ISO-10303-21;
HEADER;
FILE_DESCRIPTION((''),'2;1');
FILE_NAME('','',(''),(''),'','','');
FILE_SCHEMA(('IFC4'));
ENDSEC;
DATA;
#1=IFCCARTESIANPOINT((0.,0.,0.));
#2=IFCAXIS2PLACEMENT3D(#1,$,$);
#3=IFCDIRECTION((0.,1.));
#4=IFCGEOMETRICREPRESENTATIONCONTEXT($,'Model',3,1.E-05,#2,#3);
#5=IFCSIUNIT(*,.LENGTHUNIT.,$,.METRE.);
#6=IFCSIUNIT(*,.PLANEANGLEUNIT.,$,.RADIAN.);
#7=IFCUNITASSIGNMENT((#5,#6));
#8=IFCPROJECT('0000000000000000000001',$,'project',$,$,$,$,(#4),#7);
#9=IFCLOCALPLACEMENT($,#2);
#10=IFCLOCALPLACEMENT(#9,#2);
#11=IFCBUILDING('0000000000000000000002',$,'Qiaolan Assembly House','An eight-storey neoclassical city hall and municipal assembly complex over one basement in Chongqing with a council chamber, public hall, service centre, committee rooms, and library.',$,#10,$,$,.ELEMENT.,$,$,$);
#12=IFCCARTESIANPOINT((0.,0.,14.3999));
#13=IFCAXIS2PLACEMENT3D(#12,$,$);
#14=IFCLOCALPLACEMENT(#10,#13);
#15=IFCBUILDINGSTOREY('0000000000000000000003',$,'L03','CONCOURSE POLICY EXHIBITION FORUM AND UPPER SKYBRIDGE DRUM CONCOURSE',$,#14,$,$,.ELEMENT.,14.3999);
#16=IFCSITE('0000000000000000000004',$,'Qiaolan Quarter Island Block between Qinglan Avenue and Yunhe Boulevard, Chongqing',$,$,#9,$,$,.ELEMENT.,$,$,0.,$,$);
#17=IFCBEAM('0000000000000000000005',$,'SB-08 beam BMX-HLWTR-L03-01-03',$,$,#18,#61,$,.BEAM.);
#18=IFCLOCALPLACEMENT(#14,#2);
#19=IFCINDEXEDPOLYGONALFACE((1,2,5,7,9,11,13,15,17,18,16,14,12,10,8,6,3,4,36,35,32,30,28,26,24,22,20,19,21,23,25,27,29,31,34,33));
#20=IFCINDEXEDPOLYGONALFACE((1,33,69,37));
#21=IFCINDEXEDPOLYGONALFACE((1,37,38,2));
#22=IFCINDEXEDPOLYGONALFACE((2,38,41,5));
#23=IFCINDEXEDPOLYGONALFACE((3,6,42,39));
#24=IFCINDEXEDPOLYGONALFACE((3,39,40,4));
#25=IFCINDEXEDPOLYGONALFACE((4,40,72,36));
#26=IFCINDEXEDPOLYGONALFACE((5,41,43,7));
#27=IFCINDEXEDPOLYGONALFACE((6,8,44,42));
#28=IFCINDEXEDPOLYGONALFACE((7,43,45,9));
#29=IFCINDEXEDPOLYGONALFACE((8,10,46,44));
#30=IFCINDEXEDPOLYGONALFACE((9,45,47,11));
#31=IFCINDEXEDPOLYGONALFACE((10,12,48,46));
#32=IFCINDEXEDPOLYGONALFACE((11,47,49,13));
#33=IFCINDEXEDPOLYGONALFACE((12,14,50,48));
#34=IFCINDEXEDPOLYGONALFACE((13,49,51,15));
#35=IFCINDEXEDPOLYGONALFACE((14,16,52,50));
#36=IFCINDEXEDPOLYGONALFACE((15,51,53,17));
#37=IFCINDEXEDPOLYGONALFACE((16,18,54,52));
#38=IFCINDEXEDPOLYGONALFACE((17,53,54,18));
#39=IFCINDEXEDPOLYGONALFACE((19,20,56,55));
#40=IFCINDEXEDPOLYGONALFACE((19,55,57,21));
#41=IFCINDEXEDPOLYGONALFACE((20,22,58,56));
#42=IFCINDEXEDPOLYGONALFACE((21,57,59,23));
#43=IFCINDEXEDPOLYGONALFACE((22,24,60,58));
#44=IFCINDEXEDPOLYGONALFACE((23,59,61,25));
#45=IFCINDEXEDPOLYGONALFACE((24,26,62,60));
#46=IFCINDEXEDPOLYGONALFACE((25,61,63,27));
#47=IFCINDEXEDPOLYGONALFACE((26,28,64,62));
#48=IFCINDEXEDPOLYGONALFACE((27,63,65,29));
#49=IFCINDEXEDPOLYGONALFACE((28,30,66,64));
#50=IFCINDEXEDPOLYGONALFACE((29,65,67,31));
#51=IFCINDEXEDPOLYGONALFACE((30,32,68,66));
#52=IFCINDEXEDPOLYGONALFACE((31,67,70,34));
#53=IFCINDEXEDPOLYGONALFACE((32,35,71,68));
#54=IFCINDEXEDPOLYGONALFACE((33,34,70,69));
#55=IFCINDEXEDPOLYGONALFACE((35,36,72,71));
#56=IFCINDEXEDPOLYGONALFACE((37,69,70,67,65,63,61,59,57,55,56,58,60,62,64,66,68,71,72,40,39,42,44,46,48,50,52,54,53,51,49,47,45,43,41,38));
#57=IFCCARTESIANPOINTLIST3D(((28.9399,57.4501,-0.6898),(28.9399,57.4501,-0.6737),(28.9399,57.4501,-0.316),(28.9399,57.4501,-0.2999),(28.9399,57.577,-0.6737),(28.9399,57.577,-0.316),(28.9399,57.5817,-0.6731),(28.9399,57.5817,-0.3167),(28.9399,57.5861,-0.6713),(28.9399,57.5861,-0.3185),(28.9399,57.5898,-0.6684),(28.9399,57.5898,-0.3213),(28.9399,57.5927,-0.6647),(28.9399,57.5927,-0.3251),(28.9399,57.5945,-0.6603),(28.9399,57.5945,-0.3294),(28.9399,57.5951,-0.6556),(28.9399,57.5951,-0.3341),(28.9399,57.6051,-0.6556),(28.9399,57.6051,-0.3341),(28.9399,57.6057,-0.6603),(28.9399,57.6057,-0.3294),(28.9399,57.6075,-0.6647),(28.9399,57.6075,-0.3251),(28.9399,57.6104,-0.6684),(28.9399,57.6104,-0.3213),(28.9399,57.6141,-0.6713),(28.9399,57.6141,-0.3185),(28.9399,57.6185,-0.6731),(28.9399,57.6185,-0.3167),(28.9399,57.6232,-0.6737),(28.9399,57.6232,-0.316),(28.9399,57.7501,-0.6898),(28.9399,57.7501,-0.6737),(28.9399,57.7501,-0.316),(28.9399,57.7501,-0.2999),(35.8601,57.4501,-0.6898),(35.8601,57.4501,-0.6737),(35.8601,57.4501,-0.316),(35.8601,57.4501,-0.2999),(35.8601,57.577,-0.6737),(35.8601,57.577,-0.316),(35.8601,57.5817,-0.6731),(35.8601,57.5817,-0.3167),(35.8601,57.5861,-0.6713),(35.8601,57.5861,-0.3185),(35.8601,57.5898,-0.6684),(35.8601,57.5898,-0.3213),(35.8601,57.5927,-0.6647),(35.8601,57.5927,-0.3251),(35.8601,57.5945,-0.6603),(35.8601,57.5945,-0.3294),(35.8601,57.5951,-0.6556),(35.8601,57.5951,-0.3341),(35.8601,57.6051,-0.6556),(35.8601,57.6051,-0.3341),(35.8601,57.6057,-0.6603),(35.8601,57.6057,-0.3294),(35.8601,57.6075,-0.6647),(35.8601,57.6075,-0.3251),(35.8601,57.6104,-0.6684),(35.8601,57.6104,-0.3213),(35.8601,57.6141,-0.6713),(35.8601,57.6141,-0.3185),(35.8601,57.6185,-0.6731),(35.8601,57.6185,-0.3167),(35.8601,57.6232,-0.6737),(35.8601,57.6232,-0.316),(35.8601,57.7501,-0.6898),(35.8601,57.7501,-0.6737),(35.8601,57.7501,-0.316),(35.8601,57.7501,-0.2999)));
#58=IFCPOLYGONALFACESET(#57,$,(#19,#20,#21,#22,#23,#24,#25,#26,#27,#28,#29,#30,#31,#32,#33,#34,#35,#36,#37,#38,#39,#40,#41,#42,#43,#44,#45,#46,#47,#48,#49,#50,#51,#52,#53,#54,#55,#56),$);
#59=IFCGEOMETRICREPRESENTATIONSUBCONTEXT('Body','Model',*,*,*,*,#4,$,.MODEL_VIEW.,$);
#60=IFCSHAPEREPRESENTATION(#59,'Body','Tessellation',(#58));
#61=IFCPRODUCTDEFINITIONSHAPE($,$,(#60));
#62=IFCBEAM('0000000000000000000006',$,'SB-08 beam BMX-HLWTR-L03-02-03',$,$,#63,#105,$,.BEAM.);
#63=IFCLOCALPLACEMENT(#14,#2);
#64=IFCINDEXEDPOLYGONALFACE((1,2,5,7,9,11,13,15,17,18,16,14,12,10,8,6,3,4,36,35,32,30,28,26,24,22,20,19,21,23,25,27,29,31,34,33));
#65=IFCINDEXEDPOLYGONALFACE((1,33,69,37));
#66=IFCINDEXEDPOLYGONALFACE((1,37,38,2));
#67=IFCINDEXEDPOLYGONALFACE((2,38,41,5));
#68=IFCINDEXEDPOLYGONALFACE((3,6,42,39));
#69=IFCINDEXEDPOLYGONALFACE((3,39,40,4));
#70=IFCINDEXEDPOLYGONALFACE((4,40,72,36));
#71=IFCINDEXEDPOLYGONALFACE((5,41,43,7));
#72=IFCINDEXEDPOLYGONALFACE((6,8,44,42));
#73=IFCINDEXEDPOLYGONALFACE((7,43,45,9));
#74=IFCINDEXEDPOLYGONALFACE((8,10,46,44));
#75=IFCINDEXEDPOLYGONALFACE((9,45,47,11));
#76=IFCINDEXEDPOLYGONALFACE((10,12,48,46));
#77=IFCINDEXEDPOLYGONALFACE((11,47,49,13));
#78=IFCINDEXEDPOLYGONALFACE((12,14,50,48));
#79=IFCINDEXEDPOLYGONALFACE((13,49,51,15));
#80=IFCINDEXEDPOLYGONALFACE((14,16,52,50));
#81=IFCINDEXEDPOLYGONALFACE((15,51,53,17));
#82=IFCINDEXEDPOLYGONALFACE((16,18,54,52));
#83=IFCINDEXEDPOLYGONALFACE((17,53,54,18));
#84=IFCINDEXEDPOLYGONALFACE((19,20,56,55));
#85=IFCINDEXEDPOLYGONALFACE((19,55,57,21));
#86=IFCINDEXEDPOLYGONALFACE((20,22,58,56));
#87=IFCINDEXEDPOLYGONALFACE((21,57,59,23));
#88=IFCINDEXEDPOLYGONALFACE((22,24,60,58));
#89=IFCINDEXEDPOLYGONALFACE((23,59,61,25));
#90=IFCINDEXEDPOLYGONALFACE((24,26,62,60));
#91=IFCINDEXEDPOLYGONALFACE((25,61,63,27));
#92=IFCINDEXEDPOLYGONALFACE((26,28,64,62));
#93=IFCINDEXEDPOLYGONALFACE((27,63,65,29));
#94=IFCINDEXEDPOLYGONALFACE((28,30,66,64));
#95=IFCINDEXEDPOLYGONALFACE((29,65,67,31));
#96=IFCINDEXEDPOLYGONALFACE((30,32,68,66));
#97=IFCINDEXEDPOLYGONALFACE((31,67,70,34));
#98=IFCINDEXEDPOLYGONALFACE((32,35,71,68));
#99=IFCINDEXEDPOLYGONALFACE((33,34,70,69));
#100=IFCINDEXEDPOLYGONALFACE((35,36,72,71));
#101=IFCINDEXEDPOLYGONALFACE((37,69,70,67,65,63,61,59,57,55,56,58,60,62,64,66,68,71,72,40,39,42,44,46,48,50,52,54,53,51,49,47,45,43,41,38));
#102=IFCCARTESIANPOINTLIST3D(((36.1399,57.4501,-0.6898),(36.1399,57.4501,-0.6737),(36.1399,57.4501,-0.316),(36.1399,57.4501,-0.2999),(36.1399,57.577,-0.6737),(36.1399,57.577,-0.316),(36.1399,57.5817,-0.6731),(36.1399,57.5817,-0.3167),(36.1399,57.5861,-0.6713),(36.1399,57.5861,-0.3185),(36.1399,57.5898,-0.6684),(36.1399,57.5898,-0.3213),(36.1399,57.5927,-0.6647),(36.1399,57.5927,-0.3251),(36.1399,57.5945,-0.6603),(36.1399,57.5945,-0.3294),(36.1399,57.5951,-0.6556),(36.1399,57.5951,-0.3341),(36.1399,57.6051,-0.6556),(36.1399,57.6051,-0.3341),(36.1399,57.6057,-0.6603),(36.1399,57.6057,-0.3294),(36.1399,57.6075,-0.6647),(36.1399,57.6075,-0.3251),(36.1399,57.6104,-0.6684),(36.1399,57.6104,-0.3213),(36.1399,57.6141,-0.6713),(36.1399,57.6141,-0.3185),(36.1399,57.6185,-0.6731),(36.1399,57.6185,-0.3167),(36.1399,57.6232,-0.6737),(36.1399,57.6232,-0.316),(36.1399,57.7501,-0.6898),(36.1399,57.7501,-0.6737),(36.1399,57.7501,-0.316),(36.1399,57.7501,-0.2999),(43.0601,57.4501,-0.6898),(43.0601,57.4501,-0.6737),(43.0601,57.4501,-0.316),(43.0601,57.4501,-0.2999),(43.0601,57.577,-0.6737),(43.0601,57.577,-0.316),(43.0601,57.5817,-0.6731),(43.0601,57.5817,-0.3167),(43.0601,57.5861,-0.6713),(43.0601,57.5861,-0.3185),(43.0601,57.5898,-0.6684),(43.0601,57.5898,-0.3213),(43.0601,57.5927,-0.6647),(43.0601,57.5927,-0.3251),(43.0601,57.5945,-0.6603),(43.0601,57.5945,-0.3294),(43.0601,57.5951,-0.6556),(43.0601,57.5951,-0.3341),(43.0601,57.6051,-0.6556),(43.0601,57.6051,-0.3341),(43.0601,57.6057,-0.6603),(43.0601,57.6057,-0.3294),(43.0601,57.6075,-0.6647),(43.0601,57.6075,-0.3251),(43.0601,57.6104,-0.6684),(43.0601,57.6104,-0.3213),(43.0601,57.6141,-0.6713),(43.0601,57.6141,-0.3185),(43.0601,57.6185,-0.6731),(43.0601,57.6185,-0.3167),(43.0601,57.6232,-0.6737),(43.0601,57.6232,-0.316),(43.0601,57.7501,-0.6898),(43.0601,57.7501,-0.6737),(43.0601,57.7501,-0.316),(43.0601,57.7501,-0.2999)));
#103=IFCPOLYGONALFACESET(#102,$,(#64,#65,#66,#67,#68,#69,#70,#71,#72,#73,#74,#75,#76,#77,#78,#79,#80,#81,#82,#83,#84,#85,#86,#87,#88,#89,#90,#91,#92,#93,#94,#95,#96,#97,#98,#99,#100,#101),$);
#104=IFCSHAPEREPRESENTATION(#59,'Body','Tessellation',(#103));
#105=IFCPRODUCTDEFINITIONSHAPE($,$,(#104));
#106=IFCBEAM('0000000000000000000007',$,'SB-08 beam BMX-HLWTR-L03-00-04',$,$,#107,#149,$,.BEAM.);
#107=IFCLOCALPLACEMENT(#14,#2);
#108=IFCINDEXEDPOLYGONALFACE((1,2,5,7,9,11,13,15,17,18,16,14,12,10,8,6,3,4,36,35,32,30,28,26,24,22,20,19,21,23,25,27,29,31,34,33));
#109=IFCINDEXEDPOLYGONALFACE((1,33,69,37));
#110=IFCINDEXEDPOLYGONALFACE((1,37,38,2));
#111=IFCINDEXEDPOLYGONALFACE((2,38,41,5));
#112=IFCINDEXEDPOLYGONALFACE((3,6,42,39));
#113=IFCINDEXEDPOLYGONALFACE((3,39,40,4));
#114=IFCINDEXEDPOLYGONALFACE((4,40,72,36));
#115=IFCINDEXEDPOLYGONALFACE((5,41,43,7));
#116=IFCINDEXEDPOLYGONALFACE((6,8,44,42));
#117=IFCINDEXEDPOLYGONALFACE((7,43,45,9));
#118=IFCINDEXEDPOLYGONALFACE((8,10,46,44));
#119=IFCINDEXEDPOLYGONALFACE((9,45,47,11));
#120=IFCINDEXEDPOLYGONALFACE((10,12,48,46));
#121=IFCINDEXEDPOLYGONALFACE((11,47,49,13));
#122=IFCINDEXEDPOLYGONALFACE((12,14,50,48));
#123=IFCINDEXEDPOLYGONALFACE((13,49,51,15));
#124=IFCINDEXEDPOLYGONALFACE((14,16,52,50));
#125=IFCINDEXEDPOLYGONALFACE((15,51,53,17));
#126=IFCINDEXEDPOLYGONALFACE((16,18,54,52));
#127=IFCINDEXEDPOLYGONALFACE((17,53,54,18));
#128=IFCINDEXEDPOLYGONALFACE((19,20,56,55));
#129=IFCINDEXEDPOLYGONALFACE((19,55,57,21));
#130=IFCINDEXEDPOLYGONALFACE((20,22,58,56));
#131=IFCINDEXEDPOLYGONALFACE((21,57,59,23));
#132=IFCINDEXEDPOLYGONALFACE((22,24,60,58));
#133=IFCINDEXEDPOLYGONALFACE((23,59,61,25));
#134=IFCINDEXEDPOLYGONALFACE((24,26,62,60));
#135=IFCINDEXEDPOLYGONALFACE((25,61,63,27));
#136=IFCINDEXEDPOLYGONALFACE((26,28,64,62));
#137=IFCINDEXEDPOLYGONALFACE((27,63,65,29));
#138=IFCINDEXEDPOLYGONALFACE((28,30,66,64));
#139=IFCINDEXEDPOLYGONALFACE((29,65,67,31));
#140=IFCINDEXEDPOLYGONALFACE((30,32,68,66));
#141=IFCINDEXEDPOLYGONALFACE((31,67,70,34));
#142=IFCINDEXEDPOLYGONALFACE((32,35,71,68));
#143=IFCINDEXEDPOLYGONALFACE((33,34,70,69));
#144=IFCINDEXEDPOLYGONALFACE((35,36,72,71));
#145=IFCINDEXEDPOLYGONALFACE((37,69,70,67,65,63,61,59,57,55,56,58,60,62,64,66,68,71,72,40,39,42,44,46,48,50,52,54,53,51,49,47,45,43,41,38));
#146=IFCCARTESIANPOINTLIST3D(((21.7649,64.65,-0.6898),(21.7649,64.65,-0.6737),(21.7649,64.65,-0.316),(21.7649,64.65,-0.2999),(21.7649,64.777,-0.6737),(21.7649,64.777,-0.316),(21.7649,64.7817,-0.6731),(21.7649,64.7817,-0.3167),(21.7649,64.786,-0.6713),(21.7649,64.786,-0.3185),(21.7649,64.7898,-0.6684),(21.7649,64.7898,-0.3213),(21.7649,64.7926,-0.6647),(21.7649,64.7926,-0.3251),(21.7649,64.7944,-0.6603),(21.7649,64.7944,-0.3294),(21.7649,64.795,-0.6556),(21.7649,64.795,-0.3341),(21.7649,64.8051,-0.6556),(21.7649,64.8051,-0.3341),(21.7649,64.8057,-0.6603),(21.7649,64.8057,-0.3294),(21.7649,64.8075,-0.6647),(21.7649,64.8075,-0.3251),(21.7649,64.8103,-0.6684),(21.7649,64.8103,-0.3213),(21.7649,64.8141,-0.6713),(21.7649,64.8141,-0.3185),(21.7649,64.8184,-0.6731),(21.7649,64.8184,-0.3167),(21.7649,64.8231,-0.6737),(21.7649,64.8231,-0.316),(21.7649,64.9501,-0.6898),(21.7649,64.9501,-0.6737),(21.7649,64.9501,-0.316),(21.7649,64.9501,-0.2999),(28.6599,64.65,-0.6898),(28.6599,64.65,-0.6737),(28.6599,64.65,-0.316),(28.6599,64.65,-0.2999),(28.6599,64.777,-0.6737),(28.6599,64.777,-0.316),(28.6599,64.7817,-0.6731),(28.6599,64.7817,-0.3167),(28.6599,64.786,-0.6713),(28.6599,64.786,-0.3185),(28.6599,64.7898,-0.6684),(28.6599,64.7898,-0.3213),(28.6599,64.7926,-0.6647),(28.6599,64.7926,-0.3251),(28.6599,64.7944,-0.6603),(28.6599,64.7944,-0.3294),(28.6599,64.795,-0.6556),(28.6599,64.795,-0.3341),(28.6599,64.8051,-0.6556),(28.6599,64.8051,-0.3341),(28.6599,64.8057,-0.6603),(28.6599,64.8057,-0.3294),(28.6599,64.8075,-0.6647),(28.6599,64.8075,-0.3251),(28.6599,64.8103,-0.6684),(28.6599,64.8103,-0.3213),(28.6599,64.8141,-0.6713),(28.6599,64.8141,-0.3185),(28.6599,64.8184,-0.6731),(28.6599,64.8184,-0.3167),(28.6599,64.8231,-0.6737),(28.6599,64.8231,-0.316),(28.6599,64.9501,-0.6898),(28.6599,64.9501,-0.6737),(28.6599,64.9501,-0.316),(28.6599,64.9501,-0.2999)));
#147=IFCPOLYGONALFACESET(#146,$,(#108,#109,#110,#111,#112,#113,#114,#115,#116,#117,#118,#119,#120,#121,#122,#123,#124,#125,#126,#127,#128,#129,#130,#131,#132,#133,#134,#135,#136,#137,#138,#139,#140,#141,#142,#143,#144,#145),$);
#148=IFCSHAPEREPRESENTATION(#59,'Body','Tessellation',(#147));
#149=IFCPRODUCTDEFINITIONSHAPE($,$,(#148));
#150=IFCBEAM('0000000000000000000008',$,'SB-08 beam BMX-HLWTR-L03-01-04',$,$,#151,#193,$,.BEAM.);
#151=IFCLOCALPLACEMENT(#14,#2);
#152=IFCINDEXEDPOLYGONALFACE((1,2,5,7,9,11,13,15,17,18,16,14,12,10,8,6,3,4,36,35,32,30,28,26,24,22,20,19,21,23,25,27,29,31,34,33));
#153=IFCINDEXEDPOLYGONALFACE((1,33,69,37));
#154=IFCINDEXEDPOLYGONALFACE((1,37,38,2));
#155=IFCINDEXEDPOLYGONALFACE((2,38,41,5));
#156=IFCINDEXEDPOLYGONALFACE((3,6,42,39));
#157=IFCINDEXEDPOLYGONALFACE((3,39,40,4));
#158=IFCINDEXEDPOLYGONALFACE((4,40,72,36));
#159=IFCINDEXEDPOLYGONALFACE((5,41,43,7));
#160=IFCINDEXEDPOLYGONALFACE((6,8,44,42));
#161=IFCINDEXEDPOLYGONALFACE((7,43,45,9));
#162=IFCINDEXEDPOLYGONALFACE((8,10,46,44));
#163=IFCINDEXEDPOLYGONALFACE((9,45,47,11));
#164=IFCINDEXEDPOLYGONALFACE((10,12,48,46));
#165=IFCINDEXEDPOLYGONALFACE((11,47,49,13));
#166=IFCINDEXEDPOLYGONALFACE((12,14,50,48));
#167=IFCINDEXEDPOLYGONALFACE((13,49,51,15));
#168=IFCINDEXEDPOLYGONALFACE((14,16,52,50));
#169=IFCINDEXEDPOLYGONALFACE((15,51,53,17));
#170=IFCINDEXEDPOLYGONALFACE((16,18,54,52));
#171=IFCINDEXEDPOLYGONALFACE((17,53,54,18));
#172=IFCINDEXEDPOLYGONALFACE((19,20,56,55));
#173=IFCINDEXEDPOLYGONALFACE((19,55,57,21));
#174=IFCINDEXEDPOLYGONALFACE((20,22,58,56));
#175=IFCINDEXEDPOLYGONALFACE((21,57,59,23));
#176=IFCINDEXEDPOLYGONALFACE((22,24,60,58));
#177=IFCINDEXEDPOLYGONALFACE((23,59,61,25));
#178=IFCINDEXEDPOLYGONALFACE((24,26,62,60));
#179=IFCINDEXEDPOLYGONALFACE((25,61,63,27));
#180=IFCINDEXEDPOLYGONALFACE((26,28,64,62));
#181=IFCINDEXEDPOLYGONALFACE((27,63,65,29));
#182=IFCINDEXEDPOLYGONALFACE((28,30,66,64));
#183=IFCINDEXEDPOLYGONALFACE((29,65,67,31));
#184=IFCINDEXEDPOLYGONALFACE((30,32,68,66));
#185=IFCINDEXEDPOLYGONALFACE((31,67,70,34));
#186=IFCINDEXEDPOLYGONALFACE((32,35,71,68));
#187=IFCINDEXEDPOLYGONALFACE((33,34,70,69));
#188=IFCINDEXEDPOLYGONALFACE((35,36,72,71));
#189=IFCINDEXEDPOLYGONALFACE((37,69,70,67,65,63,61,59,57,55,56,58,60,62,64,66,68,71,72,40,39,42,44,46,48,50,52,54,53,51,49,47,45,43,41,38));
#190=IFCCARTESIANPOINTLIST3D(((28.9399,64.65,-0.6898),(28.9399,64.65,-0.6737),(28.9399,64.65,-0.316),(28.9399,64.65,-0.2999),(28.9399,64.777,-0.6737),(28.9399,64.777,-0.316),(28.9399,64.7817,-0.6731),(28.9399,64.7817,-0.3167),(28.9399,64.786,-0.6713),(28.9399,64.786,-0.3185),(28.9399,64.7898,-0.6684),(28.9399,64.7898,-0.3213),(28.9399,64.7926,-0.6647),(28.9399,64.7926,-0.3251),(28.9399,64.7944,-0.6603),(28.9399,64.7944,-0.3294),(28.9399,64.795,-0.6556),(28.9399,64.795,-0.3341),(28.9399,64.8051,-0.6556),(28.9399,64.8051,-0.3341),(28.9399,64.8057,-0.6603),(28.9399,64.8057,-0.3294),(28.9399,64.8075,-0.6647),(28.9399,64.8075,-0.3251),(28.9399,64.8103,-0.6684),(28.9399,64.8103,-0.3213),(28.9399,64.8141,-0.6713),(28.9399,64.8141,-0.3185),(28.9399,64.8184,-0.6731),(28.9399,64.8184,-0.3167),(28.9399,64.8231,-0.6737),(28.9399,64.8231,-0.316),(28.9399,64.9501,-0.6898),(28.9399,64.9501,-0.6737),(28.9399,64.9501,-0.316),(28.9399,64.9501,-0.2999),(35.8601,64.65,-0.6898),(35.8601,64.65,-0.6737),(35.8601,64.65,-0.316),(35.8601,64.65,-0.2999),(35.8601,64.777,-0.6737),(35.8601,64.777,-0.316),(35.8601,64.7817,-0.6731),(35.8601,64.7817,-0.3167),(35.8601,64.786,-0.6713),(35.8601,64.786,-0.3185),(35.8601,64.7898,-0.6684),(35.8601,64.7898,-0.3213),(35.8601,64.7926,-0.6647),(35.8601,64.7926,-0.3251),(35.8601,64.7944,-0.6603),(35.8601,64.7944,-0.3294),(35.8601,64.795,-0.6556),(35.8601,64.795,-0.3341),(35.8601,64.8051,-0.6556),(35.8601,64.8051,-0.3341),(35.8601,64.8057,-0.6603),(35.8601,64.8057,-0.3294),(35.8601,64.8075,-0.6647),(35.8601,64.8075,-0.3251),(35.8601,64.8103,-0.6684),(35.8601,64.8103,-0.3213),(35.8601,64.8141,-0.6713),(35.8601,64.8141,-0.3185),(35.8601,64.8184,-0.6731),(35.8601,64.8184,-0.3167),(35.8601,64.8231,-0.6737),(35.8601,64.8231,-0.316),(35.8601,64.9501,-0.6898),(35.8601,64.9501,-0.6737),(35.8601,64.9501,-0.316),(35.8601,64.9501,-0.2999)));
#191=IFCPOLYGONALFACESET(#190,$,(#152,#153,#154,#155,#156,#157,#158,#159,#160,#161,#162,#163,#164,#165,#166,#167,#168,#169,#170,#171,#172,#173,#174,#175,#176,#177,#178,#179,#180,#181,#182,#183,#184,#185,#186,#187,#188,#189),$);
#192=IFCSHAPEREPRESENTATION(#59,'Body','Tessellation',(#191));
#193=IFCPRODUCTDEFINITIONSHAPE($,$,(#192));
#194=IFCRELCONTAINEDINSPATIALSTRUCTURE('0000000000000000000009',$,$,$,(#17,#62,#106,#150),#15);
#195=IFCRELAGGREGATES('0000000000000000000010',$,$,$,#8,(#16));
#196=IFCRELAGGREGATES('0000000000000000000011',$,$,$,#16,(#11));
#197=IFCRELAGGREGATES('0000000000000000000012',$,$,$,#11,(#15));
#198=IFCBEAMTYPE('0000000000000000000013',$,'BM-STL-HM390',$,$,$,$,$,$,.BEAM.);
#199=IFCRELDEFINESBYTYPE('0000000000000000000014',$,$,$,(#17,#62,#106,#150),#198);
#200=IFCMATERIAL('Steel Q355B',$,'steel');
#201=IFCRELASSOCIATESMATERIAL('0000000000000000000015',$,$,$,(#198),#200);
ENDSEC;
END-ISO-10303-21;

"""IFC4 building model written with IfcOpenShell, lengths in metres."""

from ifc_helpers import new_model, si_unit, direction, frame, origin, origin_2d, place, context, subcontext, project, spatial, i_section, extrude, material, material_profile, profile_set, type_object, element, save


model = new_model("IFC4")

# Units and contexts
model_context = context("Model", 3, precision=1e-05, world=origin(), true_north=direction((0.0, 1.0)))
body_context = subcontext(model_context, "Body", "Model", "MODEL_VIEW")
ifc_project = project(units=[si_unit("LENGTHUNIT", "METRE"), si_unit("PLANEANGLEUNIT", "RADIAN")], contexts=[model_context])

# Site, building, storey
site_placement = place(None, origin())
site = spatial("IfcSite", under=ifc_project, at=site_placement, Name="Qiaolan Quarter Island Block between Qinglan Avenue and Yunhe Boulevard, Chongqing", CompositionType="ELEMENT", RefElevation=0.0)
building_placement = place(site_placement, origin())
building = spatial("IfcBuilding", under=site, at=building_placement, Name="Qiaolan Assembly House", Description="An eight-storey neoclassical city hall and municipal assembly complex over one basement in Chongqing with a council chamber, public hall, service centre, committee rooms, and library.", CompositionType="ELEMENT")
storey_placement = place(building_placement, frame((0.0, 0.0, 14.3999)))
storey = spatial("IfcBuildingStorey", under=building, at=storey_placement, Name="L03", Description="CONCOURSE POLICY EXHIBITION FORUM AND UPPER SKYBRIDGE DRUM CONCOURSE", CompositionType="ELEMENT", Elevation=14.3999)

# Shared definitions
ifc_material = material(Name="Steel Q355B", Category="steel")

# Beams
ifc_material_profile_1 = material_profile(ifc_material, i_section(OverallWidth=0.3, OverallDepth=0.3899, WebThickness=0.01, FlangeThickness=0.0161, FilletRadius=0.0181, at=origin_2d()), Name="HM 390x300x10x16")
ifc_profile_set_1 = profile_set([ifc_material_profile_1], Name="Steel Q355B")
beam_type_1 = type_object("IfcBeamType", Name="BM-STL-HM390", PredefinedType="BEAM", material=ifc_profile_set_1)
for number, where, z_axis, x_axis, name in (
    (1, (28.9399, 57.6001, -0.4949), (1.0, 0.0, 0.0), (0.0, 1.0, 0.0), "SB-08 beam BMX-HLWTR-L03-01-03"),
    (2, (36.1399, 57.6001, -0.4949), (1.0, 0.0, 0.0), (0.0, 1.0, 0.0), "SB-08 beam BMX-HLWTR-L03-02-03"),
):
    element("IfcBeam", number, at=place(storey_placement, frame(where, z_axis=z_axis, x_axis=x_axis)), inside=storey, type_object=beam_type_1, Name=name, PredefinedType="BEAM", context=body_context, shape_type="SweptSolid", body=[
        extrude(i_section(OverallWidth=0.3, OverallDepth=0.3899, WebThickness=0.01, FlangeThickness=0.0161, FilletRadius=0.0181, at=origin_2d()), origin(), (0.0, 0.0, 1.0), 6.9202),
    ])
beam_1_placement = place(storey_placement, frame((21.7649, 64.8, -0.4949), z_axis=(1.0, 0.0, 0.0), x_axis=(0.0, 1.0, 0.0)))
element("IfcBeam", 3, at=beam_1_placement, inside=storey, type_object=beam_type_1, Name="SB-08 beam BMX-HLWTR-L03-00-04", PredefinedType="BEAM", context=body_context, shape_type="SweptSolid", body=[
    extrude(i_section(OverallWidth=0.3, OverallDepth=0.3899, WebThickness=0.01, FlangeThickness=0.0161, FilletRadius=0.0181, at=origin_2d()), origin(), (0.0, 0.0, 1.0), 6.895),
])
beam_2_placement = place(storey_placement, frame((28.9399, 64.8, -0.4949), z_axis=(1.0, 0.0, 0.0), x_axis=(0.0, 1.0, 0.0)))
element("IfcBeam", 4, at=beam_2_placement, inside=storey, type_object=beam_type_1, Name="SB-08 beam BMX-HLWTR-L03-01-04", PredefinedType="BEAM", context=body_context, shape_type="SweptSolid", body=[
    extrude(i_section(OverallWidth=0.3, OverallDepth=0.3899, WebThickness=0.01, FlangeThickness=0.0161, FilletRadius=0.0181, at=origin_2d()), origin(), (0.0, 0.0, 1.0), 6.9202),
])

save(model, "model.ifc")
